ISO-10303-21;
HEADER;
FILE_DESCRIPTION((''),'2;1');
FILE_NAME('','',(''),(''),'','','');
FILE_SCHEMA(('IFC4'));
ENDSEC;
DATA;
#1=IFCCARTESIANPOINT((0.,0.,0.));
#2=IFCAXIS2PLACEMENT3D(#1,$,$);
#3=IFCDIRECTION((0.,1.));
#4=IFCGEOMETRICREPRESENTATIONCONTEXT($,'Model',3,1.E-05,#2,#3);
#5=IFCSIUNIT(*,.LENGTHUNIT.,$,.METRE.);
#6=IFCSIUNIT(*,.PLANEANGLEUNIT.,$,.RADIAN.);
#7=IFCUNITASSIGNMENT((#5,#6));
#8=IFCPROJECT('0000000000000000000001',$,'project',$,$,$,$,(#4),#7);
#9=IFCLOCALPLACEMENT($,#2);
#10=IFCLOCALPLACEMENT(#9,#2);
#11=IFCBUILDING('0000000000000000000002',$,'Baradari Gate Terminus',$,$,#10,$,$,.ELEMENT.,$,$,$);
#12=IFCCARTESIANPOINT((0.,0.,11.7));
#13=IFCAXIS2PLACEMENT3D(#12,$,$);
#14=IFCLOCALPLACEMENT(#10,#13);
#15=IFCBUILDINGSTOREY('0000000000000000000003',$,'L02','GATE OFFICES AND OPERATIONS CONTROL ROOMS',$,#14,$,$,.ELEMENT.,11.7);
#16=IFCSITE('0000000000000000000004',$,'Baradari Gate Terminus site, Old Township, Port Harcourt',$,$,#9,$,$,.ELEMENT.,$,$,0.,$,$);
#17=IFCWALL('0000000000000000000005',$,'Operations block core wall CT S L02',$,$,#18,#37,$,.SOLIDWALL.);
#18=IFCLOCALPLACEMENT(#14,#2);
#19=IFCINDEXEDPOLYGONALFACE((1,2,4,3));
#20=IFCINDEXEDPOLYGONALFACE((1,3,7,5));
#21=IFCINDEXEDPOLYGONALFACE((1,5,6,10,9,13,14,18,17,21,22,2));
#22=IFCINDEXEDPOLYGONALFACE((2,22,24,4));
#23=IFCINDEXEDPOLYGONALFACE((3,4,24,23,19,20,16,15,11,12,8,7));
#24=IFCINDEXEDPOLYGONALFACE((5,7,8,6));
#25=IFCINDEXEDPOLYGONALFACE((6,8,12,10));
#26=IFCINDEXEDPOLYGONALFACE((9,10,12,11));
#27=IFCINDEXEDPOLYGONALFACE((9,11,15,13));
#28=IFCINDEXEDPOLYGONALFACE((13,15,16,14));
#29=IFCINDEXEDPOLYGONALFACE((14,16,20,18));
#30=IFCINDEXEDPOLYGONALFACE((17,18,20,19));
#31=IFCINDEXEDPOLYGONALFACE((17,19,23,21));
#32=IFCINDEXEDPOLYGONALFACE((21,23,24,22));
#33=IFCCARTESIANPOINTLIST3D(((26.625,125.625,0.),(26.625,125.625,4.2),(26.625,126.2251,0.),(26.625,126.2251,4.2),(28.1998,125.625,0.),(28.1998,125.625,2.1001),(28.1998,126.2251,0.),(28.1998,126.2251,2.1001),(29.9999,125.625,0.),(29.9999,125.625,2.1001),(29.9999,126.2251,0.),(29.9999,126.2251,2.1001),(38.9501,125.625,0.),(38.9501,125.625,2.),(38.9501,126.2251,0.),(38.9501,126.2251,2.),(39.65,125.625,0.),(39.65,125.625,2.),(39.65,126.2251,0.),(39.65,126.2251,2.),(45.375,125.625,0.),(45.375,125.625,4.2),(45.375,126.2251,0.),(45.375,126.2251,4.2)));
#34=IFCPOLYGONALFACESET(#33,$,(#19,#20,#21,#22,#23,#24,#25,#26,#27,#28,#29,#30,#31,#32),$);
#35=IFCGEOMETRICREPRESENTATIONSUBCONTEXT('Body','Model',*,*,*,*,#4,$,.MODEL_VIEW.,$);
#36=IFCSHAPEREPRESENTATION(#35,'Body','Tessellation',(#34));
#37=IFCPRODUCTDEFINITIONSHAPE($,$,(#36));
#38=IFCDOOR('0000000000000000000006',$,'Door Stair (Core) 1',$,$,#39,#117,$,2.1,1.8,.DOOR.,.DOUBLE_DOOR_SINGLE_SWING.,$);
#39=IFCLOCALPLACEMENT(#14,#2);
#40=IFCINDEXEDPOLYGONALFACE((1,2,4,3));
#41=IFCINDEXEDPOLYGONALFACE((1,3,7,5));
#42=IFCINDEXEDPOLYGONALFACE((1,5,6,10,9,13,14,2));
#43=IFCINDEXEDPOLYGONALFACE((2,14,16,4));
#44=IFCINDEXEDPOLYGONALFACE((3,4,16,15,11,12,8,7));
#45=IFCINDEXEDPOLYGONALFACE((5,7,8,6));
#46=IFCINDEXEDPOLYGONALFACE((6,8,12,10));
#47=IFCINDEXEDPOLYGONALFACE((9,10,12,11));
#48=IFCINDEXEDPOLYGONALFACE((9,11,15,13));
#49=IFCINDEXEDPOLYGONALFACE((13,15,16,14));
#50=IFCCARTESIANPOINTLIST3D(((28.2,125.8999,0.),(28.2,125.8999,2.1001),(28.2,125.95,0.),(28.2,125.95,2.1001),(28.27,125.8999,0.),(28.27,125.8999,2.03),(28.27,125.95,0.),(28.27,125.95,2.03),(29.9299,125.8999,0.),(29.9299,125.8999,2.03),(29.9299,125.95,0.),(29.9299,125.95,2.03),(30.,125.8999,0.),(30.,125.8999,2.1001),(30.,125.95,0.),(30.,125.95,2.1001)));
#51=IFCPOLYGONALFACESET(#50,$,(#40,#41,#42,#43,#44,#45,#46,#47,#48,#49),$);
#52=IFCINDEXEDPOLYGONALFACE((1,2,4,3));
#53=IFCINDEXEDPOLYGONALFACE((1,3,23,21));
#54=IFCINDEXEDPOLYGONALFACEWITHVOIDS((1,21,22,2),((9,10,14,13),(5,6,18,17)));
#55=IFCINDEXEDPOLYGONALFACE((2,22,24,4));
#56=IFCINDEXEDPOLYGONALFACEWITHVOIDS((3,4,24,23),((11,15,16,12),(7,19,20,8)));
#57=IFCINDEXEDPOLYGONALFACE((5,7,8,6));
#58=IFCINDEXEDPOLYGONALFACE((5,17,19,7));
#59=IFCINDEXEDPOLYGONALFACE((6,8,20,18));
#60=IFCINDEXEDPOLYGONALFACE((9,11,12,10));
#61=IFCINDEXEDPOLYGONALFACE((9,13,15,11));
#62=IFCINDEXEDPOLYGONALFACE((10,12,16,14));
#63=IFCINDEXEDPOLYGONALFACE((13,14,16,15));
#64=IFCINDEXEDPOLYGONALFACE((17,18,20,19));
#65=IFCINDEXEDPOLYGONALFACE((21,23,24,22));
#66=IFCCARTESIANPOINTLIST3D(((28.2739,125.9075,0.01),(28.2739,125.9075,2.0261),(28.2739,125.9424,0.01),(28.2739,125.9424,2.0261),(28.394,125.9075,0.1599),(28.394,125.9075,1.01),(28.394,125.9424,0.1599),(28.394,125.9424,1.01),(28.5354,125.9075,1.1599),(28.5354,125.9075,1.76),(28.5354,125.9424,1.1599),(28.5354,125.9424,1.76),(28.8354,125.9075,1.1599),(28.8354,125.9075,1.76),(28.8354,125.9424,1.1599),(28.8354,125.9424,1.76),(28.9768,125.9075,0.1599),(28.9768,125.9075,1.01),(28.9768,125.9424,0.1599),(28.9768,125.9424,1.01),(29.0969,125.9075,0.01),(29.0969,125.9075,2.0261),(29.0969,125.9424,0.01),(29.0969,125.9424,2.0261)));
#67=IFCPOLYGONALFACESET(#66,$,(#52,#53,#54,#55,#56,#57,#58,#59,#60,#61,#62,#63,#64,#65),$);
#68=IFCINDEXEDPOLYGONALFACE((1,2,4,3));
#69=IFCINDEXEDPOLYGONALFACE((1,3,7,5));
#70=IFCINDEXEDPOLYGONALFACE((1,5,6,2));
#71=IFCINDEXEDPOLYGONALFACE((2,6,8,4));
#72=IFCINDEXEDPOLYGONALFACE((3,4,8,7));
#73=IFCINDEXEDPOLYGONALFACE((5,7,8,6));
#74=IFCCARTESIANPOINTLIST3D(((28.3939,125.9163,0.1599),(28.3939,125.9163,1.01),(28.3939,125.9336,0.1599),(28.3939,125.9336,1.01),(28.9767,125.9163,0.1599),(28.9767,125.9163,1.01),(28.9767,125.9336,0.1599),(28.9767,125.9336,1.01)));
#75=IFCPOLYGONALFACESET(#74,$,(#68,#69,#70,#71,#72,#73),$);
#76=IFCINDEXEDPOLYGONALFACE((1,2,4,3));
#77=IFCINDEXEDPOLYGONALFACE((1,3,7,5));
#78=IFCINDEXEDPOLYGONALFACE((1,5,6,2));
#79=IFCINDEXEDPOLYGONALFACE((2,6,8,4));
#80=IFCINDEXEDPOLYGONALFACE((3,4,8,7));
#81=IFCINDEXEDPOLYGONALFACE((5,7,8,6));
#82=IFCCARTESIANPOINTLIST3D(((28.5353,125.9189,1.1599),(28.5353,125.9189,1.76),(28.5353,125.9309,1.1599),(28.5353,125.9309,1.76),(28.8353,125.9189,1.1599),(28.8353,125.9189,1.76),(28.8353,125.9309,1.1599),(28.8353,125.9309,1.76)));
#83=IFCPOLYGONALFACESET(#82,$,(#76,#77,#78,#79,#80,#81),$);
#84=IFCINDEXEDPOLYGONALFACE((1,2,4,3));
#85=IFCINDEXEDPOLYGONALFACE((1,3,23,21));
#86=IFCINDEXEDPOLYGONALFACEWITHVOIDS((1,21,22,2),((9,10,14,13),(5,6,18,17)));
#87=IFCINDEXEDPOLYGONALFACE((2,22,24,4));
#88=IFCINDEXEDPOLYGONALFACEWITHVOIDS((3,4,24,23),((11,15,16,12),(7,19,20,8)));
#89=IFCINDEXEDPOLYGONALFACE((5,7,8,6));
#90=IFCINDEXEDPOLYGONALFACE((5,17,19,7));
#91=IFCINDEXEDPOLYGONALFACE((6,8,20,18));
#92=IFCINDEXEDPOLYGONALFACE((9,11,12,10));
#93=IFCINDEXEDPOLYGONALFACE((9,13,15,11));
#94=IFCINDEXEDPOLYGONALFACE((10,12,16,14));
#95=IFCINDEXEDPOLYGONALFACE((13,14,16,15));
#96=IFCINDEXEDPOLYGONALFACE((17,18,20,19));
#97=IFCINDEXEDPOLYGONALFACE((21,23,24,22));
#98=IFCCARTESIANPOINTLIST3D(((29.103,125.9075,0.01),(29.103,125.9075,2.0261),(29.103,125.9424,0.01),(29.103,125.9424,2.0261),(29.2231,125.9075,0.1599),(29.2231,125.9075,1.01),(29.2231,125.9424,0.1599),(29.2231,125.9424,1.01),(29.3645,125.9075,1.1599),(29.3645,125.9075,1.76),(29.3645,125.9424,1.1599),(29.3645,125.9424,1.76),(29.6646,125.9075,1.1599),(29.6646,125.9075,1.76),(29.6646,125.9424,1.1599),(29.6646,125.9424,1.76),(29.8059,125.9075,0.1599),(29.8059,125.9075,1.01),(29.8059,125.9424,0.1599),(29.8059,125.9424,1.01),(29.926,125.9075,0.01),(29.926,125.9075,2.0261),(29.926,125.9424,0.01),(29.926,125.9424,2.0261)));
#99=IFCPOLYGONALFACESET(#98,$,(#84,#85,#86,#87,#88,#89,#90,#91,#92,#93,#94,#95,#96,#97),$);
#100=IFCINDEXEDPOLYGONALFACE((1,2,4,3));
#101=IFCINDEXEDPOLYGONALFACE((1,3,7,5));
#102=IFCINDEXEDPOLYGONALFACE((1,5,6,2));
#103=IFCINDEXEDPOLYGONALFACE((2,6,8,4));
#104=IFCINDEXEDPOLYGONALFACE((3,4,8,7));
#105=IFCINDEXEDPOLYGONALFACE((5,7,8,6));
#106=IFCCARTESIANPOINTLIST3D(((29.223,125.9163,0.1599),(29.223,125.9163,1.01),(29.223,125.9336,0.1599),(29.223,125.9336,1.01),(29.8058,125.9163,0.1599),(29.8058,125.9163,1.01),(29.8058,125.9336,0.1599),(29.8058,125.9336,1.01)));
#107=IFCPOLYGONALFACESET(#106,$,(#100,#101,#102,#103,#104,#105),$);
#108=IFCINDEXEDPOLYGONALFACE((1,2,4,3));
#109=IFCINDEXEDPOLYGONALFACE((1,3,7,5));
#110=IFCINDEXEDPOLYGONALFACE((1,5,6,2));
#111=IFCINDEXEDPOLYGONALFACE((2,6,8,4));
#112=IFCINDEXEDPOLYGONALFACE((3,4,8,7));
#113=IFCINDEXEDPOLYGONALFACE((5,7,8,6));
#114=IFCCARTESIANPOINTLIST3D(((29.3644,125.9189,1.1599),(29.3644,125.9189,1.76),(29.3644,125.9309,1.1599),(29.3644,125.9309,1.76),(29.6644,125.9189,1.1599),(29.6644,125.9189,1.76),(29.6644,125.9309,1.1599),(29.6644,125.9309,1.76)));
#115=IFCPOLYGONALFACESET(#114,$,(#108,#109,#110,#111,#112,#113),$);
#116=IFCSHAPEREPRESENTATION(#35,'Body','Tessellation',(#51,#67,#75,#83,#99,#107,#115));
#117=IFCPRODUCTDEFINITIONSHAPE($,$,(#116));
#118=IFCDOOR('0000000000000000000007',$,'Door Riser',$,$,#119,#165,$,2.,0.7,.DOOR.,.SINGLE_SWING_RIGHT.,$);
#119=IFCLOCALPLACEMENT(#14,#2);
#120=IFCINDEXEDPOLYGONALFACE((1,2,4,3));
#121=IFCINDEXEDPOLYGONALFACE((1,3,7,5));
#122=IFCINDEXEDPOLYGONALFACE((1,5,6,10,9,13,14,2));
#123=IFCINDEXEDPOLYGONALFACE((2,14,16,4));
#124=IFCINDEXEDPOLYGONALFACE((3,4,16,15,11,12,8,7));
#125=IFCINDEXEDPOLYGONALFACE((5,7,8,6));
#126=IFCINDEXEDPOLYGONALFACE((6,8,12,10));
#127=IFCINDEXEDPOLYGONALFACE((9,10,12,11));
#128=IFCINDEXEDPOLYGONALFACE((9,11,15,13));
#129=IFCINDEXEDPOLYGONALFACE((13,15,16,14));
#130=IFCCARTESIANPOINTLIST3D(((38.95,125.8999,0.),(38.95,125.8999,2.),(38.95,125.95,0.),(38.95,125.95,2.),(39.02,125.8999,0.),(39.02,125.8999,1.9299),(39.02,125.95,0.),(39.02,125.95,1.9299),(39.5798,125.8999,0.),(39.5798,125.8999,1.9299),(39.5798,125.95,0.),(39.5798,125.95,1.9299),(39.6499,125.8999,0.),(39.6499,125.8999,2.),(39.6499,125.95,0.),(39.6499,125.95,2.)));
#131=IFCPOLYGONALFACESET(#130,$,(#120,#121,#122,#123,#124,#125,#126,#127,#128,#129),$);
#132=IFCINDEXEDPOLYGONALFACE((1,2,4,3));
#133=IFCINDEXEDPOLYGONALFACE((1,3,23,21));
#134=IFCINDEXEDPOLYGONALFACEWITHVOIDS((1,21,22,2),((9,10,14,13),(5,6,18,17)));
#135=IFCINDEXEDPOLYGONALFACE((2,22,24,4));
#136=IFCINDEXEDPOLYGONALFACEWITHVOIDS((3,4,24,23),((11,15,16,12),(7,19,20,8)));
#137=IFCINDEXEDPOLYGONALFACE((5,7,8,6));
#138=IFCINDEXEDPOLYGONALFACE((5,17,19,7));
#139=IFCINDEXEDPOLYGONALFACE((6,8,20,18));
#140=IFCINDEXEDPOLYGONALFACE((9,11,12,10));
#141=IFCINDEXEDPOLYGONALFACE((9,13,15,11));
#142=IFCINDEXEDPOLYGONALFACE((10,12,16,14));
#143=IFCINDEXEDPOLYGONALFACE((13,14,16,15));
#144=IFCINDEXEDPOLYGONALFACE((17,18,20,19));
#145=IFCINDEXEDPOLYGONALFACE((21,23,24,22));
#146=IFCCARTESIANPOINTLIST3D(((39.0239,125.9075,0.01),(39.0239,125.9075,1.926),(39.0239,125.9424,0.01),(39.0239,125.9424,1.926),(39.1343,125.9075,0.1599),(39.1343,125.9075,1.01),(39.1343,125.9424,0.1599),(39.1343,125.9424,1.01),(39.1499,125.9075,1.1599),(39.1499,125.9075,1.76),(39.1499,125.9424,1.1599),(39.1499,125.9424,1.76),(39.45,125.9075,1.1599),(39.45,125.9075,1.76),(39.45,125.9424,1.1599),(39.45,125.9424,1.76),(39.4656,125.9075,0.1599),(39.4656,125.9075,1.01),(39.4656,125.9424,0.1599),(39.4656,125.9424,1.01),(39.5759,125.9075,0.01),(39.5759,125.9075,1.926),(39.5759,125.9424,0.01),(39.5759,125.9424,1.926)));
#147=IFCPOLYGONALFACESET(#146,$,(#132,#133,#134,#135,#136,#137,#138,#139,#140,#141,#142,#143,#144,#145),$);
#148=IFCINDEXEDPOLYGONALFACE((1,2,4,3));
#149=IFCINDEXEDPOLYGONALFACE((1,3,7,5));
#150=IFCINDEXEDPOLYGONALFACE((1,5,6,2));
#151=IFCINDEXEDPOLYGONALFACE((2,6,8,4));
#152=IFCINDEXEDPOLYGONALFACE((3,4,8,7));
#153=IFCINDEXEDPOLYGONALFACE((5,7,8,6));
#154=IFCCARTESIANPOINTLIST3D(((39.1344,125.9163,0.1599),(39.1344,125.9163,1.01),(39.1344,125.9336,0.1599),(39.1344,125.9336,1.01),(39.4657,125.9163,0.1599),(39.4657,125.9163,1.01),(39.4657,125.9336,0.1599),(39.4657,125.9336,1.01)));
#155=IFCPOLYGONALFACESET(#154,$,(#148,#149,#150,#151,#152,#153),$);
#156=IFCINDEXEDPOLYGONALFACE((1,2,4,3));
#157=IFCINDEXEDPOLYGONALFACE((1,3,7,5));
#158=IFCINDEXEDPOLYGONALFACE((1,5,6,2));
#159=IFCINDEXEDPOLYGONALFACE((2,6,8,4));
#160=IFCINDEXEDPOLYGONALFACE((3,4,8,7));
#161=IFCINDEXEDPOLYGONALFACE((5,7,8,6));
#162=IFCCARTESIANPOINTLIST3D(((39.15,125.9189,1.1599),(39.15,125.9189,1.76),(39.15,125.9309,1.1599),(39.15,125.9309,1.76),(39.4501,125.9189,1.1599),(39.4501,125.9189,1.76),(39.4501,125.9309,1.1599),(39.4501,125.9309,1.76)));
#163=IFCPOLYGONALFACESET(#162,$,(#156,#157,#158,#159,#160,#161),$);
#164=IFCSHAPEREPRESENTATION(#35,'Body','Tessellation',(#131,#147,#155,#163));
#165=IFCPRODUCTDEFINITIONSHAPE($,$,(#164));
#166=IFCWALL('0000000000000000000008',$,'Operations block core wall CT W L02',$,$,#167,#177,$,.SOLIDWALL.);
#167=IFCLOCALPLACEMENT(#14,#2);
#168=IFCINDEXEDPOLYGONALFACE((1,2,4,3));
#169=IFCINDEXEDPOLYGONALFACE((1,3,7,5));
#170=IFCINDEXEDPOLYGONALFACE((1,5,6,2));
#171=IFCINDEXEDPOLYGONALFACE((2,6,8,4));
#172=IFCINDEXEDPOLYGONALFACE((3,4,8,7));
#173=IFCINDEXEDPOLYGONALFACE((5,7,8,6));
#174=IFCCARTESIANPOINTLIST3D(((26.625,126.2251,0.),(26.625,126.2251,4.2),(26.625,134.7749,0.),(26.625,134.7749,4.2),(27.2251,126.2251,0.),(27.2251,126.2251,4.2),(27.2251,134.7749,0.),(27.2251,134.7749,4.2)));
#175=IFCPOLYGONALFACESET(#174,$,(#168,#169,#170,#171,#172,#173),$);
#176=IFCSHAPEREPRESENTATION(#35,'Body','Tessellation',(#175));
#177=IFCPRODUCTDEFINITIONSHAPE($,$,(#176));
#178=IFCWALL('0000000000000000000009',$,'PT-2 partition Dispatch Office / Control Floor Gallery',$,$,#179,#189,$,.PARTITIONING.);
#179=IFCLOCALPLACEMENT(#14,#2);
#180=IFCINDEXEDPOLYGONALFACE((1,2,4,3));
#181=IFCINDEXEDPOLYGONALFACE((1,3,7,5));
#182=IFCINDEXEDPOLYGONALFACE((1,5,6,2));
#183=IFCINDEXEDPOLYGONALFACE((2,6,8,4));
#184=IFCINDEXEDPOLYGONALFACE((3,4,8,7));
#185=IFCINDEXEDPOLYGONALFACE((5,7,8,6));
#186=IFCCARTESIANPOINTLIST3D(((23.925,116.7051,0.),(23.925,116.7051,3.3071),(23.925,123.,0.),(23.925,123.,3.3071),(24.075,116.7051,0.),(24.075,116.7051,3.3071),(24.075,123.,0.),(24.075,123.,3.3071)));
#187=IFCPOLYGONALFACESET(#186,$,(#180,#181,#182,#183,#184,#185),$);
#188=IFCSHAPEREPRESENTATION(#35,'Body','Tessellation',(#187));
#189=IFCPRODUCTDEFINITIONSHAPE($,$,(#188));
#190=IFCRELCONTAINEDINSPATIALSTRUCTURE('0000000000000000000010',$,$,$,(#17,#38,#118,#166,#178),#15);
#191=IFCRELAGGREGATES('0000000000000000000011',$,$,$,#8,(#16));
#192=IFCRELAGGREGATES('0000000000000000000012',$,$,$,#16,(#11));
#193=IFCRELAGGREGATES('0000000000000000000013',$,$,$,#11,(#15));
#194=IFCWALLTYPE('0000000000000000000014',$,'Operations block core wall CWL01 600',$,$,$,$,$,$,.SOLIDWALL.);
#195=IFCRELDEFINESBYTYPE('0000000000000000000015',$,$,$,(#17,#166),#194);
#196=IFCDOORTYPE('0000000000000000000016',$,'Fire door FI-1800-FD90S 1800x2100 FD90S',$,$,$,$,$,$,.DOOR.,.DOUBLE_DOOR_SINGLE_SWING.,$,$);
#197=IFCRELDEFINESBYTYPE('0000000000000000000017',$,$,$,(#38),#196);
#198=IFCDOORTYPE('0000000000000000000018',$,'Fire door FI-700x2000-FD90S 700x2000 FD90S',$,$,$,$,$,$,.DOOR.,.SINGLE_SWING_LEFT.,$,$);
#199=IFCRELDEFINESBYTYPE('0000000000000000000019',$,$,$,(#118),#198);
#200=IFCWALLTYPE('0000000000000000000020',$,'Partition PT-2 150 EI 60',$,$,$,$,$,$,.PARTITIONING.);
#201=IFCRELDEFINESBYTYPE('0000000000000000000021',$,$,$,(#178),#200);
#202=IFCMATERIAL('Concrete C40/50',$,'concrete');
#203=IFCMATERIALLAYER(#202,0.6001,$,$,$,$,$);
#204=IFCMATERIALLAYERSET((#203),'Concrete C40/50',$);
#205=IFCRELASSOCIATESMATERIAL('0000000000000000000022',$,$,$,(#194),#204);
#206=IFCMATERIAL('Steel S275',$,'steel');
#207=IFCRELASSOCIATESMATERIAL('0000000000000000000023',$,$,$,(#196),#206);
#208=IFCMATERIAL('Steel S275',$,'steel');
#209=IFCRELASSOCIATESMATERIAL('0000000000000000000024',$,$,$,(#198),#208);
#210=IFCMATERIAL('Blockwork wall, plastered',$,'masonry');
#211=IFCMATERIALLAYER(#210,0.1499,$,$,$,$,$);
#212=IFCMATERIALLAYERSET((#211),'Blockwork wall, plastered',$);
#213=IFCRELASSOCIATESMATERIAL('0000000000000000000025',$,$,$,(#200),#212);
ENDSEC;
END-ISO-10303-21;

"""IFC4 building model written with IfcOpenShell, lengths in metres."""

from ifc_helpers import new_model, si_unit, direction, frame, frame_2d, origin, place, context, subcontext, project, spatial, polyline, rectangle, outline, extrude, material, layer, layer_set, type_object, element, fill, save


model = new_model("IFC4")

# Units and contexts
model_context = context("Model", 3, precision=1e-05, world=origin(), true_north=direction((0.0, 1.0)))
body_context = subcontext(model_context, "Body", "Model", "MODEL_VIEW")
ifc_project = project(units=[si_unit("LENGTHUNIT", "METRE"), si_unit("PLANEANGLEUNIT", "RADIAN")], contexts=[model_context])

# Site, building, storey
site_placement = place(None, origin())
site = spatial("IfcSite", under=ifc_project, at=site_placement, Name="Baradari Gate Terminus site, Old Township, Port Harcourt", CompositionType="ELEMENT", RefElevation=0.0)
building_placement = place(site_placement, origin())
building = spatial("IfcBuilding", under=site, at=building_placement, Name="Baradari Gate Terminus", CompositionType="ELEMENT")
storey_placement = place(building_placement, frame((0.0, 0.0, 11.7)))
storey = spatial("IfcBuildingStorey", under=building, at=storey_placement, Name="L02", Description="GATE OFFICES AND OPERATIONS CONTROL ROOMS", CompositionType="ELEMENT", Elevation=11.7)

# Wall, openings, doors
ifc_material_1 = material(Name="Concrete C40/50", Category="concrete")
ifc_layer_1 = layer(ifc_material_1, 0.6001)
ifc_layer_set_1 = layer_set([ifc_layer_1], Name="Concrete C40/50")
wall_type_1 = type_object("IfcWallType", Name="Operations block core wall CWL01 600", PredefinedType="SOLIDWALL", material=ifc_layer_set_1)
wall_1_placement = place(storey_placement, frame((26.625, 125.925, 0.0), z_axis=(0.0, 0.0, 1.0), x_axis=(1.0, 0.0, 0.0)))
wall_1 = element("IfcWall", 1, at=wall_1_placement, inside=storey, type_object=wall_type_1, Name="Operations block core wall CT S L02", PredefinedType="SOLIDWALL", context=body_context, shape_type="SweptSolid", body=[
    extrude(rectangle(XDim=18.75, YDim=0.6001, at=frame_2d((9.375, 0.0))), origin(), (0.0, 0.0, 1.0), 4.2),
])
opening_1_placement = place(wall_1_placement, frame((1.575, 0.0, 0.0)))
opening_1 = element("IfcOpeningElement", 2, at=opening_1_placement, cuts=wall_1, PredefinedType="OPENING", context=body_context, shape_type="SweptSolid", body=[
    extrude(rectangle(XDim=1.8, YDim=2.1001, at=frame_2d((0.8999, 1.05))), frame((0.0, 0.3101, 0.0), z_axis=(0.0, -1.0, 0.0), x_axis=(1.0, 0.0, 0.0)), (0.0, 0.0, 1.0), 0.6201),
])
opening_2_placement = place(wall_1_placement, frame((12.325, 0.0, 0.0)))
opening_2 = element("IfcOpeningElement", 3, at=opening_2_placement, cuts=wall_1, PredefinedType="OPENING", context=body_context, shape_type="SweptSolid", body=[
    extrude(rectangle(XDim=0.7, YDim=2.0, at=frame_2d((0.3501, 1.0))), frame((0.0, 0.3101, 0.0), z_axis=(0.0, -1.0, 0.0), x_axis=(1.0, 0.0, 0.0)), (0.0, 0.0, 1.0), 0.6201),
])
ifc_material_2 = material(Name="Steel S275", Category="steel")
door_type_1 = type_object("IfcDoorType", Name="Fire door FI-1800-FD90S 1800x2100 FD90S", OperationType="DOUBLE_DOOR_SINGLE_SWING", PredefinedType="DOOR", material=ifc_material_2)
door_1_placement = place(opening_1_placement, origin())
door_1 = element("IfcDoor", 4, at=door_1_placement, inside=storey, type_object=door_type_1, Name="Door Stair (Core) 1", OperationType="DOUBLE_DOOR_SINGLE_SWING", OverallHeight=2.1, OverallWidth=1.8, PredefinedType="DOOR", context=body_context, shape_type="SweptSolid", body=[
    extrude(outline(polyline([(0.0, 0.0), (0.0701, 0.0), (0.0701, 2.03), (1.73, 2.03), (1.73, 0.0), (1.8, 0.0), (1.8, 2.1001), (0.0, 2.1001), (0.0, 0.0)])), frame((0.0, 0.0249, 0.0), z_axis=(0.0, -1.0, 0.0), x_axis=(1.0, 0.0, 0.0)), (0.0, 0.0, 1.0), 0.05),
    extrude(outline(polyline([(0.074, 0.01), (0.897, 0.01), (0.897, 2.0261), (0.074, 2.0261), (0.074, 0.01)]), holes=[polyline([(0.1941, 0.1599), (0.7769, 0.1599), (0.7769, 1.01), (0.1941, 1.01), (0.1941, 0.1599)]), polyline([(0.3354, 1.1599), (0.6355, 1.1599), (0.6355, 1.76), (0.3354, 1.76), (0.3354, 1.1599)])]), frame((0.0, 0.0173, 0.0), z_axis=(0.0, -1.0, 0.0), x_axis=(1.0, 0.0, 0.0)), (0.0, 0.0, 1.0), 0.0349),
    extrude(rectangle(XDim=0.5828, YDim=0.8501, at=frame_2d((0.4854, 0.585))), frame((0.0, 0.0085, 0.0), z_axis=(0.0, -1.0, 0.0), x_axis=(1.0, 0.0, 0.0)), (0.0, 0.0, 1.0), 0.0173),
    extrude(rectangle(XDim=0.3, YDim=0.6001, at=frame_2d((0.4854, 1.46))), frame((0.0, 0.0059, 0.0), z_axis=(0.0, -1.0, 0.0), x_axis=(1.0, 0.0, 0.0)), (0.0, 0.0, 1.0), 0.012),
    extrude(outline(polyline([(0.9031, 0.01), (1.7261, 0.01), (1.7261, 2.0261), (0.9031, 2.0261), (0.9031, 0.01)]), holes=[polyline([(1.0232, 0.1599), (1.606, 0.1599), (1.606, 1.01), (1.0232, 1.01), (1.0232, 0.1599)]), polyline([(1.1646, 1.1599), (1.4646, 1.1599), (1.4646, 1.76), (1.1646, 1.76), (1.1646, 1.1599)])]), frame((0.0, 0.0173, 0.0), z_axis=(0.0, -1.0, 0.0), x_axis=(1.0, 0.0, 0.0)), (0.0, 0.0, 1.0), 0.0349),
    extrude(rectangle(XDim=0.5828, YDim=0.8501, at=frame_2d((1.3145, 0.585))), frame((0.0, 0.0085, 0.0), z_axis=(0.0, -1.0, 0.0), x_axis=(1.0, 0.0, 0.0)), (0.0, 0.0, 1.0), 0.0173),
    extrude(rectangle(XDim=0.3, YDim=0.6001, at=frame_2d((1.3145, 1.46))), frame((0.0, 0.0059, 0.0), z_axis=(0.0, -1.0, 0.0), x_axis=(1.0, 0.0, 0.0)), (0.0, 0.0, 1.0), 0.012),
])
fill(opening_1, door_1)
ifc_material_3 = material(Name="Steel S275", Category="steel")
door_type_2 = type_object("IfcDoorType", Name="Fire door FI-700x2000-FD90S 700x2000 FD90S", OperationType="SINGLE_SWING_LEFT", PredefinedType="DOOR", material=ifc_material_3)
door_2_placement = place(opening_2_placement, origin())
door_2 = element("IfcDoor", 5, at=door_2_placement, inside=storey, type_object=door_type_2, Name="Door Riser", OperationType="SINGLE_SWING_RIGHT", OverallHeight=2.0, OverallWidth=0.7, PredefinedType="DOOR", context=body_context, shape_type="SweptSolid", body=[
    extrude(outline(polyline([(0.0, 0.0), (0.0701, 0.0), (0.0701, 1.9299), (0.6299, 1.9299), (0.6299, 0.0), (0.7, 0.0), (0.7, 2.0), (0.0, 2.0), (0.0, 0.0)])), frame((0.0, 0.0249, 0.0), z_axis=(0.0, -1.0, 0.0), x_axis=(1.0, 0.0, 0.0)), (0.0, 0.0, 1.0), 0.05),
    extrude(outline(polyline([(0.074, 0.01), (0.626, 0.01), (0.626, 1.926), (0.074, 1.926), (0.074, 0.01)]), holes=[polyline([(0.1843, 0.1599), (0.5156, 0.1599), (0.5156, 1.01), (0.1843, 1.01), (0.1843, 0.1599)]), polyline([(0.2, 1.1599), (0.5, 1.1599), (0.5, 1.76), (0.2, 1.76), (0.2, 1.1599)])]), frame((0.0, 0.0173, 0.0), z_axis=(0.0, -1.0, 0.0), x_axis=(1.0, 0.0, 0.0)), (0.0, 0.0, 1.0), 0.0349),
    extrude(rectangle(XDim=0.3313, YDim=0.8501, at=frame_2d((0.3501, 0.585))), frame((0.0, 0.0085, 0.0), z_axis=(0.0, -1.0, 0.0), x_axis=(1.0, 0.0, 0.0)), (0.0, 0.0, 1.0), 0.0173),
    extrude(rectangle(XDim=0.3, YDim=0.6001, at=frame_2d((0.3501, 1.46))), frame((0.0, 0.0059, 0.0), z_axis=(0.0, -1.0, 0.0), x_axis=(1.0, 0.0, 0.0)), (0.0, 0.0, 1.0), 0.012),
])
fill(opening_2, door_2)

# Walls
wall_2_placement = place(storey_placement, frame((26.925, 126.2251, 0.0), z_axis=(0.0, 0.0, 1.0), x_axis=(0.0, 1.0, 0.0)))
element("IfcWall", 6, at=wall_2_placement, inside=storey, type_object=wall_type_1, Name="Operations block core wall CT W L02", PredefinedType="SOLIDWALL", context=body_context, shape_type="SweptSolid", body=[
    extrude(rectangle(XDim=8.5498, YDim=0.6001, at=frame_2d((4.2749, 0.0))), origin(), (0.0, 0.0, 1.0), 4.2),
])
ifc_material_4 = material(Name="Blockwork wall, plastered", Category="masonry")
ifc_layer_2 = layer(ifc_material_4, 0.1499)
ifc_layer_set_2 = layer_set([ifc_layer_2], Name="Blockwork wall, plastered")
wall_type_2 = type_object("IfcWallType", Name="Partition PT-2 150 EI 60", PredefinedType="PARTITIONING", material=ifc_layer_set_2)
wall_3_placement = place(storey_placement, frame((24.0, 123.0, 0.0), z_axis=(0.0, 0.0, 1.0), x_axis=(0.0, -1.0, 0.0)))
element("IfcWall", 7, at=wall_3_placement, inside=storey, type_object=wall_type_2, Name="PT-2 partition Dispatch Office / Control Floor Gallery", PredefinedType="PARTITIONING", context=body_context, shape_type="SweptSolid", body=[
    extrude(rectangle(XDim=6.2949, YDim=0.1499, at=frame_2d((3.1475, 0.0))), origin(), (0.0, 0.0, 1.0), 3.3071),
])

save(model, "model.ifc")
